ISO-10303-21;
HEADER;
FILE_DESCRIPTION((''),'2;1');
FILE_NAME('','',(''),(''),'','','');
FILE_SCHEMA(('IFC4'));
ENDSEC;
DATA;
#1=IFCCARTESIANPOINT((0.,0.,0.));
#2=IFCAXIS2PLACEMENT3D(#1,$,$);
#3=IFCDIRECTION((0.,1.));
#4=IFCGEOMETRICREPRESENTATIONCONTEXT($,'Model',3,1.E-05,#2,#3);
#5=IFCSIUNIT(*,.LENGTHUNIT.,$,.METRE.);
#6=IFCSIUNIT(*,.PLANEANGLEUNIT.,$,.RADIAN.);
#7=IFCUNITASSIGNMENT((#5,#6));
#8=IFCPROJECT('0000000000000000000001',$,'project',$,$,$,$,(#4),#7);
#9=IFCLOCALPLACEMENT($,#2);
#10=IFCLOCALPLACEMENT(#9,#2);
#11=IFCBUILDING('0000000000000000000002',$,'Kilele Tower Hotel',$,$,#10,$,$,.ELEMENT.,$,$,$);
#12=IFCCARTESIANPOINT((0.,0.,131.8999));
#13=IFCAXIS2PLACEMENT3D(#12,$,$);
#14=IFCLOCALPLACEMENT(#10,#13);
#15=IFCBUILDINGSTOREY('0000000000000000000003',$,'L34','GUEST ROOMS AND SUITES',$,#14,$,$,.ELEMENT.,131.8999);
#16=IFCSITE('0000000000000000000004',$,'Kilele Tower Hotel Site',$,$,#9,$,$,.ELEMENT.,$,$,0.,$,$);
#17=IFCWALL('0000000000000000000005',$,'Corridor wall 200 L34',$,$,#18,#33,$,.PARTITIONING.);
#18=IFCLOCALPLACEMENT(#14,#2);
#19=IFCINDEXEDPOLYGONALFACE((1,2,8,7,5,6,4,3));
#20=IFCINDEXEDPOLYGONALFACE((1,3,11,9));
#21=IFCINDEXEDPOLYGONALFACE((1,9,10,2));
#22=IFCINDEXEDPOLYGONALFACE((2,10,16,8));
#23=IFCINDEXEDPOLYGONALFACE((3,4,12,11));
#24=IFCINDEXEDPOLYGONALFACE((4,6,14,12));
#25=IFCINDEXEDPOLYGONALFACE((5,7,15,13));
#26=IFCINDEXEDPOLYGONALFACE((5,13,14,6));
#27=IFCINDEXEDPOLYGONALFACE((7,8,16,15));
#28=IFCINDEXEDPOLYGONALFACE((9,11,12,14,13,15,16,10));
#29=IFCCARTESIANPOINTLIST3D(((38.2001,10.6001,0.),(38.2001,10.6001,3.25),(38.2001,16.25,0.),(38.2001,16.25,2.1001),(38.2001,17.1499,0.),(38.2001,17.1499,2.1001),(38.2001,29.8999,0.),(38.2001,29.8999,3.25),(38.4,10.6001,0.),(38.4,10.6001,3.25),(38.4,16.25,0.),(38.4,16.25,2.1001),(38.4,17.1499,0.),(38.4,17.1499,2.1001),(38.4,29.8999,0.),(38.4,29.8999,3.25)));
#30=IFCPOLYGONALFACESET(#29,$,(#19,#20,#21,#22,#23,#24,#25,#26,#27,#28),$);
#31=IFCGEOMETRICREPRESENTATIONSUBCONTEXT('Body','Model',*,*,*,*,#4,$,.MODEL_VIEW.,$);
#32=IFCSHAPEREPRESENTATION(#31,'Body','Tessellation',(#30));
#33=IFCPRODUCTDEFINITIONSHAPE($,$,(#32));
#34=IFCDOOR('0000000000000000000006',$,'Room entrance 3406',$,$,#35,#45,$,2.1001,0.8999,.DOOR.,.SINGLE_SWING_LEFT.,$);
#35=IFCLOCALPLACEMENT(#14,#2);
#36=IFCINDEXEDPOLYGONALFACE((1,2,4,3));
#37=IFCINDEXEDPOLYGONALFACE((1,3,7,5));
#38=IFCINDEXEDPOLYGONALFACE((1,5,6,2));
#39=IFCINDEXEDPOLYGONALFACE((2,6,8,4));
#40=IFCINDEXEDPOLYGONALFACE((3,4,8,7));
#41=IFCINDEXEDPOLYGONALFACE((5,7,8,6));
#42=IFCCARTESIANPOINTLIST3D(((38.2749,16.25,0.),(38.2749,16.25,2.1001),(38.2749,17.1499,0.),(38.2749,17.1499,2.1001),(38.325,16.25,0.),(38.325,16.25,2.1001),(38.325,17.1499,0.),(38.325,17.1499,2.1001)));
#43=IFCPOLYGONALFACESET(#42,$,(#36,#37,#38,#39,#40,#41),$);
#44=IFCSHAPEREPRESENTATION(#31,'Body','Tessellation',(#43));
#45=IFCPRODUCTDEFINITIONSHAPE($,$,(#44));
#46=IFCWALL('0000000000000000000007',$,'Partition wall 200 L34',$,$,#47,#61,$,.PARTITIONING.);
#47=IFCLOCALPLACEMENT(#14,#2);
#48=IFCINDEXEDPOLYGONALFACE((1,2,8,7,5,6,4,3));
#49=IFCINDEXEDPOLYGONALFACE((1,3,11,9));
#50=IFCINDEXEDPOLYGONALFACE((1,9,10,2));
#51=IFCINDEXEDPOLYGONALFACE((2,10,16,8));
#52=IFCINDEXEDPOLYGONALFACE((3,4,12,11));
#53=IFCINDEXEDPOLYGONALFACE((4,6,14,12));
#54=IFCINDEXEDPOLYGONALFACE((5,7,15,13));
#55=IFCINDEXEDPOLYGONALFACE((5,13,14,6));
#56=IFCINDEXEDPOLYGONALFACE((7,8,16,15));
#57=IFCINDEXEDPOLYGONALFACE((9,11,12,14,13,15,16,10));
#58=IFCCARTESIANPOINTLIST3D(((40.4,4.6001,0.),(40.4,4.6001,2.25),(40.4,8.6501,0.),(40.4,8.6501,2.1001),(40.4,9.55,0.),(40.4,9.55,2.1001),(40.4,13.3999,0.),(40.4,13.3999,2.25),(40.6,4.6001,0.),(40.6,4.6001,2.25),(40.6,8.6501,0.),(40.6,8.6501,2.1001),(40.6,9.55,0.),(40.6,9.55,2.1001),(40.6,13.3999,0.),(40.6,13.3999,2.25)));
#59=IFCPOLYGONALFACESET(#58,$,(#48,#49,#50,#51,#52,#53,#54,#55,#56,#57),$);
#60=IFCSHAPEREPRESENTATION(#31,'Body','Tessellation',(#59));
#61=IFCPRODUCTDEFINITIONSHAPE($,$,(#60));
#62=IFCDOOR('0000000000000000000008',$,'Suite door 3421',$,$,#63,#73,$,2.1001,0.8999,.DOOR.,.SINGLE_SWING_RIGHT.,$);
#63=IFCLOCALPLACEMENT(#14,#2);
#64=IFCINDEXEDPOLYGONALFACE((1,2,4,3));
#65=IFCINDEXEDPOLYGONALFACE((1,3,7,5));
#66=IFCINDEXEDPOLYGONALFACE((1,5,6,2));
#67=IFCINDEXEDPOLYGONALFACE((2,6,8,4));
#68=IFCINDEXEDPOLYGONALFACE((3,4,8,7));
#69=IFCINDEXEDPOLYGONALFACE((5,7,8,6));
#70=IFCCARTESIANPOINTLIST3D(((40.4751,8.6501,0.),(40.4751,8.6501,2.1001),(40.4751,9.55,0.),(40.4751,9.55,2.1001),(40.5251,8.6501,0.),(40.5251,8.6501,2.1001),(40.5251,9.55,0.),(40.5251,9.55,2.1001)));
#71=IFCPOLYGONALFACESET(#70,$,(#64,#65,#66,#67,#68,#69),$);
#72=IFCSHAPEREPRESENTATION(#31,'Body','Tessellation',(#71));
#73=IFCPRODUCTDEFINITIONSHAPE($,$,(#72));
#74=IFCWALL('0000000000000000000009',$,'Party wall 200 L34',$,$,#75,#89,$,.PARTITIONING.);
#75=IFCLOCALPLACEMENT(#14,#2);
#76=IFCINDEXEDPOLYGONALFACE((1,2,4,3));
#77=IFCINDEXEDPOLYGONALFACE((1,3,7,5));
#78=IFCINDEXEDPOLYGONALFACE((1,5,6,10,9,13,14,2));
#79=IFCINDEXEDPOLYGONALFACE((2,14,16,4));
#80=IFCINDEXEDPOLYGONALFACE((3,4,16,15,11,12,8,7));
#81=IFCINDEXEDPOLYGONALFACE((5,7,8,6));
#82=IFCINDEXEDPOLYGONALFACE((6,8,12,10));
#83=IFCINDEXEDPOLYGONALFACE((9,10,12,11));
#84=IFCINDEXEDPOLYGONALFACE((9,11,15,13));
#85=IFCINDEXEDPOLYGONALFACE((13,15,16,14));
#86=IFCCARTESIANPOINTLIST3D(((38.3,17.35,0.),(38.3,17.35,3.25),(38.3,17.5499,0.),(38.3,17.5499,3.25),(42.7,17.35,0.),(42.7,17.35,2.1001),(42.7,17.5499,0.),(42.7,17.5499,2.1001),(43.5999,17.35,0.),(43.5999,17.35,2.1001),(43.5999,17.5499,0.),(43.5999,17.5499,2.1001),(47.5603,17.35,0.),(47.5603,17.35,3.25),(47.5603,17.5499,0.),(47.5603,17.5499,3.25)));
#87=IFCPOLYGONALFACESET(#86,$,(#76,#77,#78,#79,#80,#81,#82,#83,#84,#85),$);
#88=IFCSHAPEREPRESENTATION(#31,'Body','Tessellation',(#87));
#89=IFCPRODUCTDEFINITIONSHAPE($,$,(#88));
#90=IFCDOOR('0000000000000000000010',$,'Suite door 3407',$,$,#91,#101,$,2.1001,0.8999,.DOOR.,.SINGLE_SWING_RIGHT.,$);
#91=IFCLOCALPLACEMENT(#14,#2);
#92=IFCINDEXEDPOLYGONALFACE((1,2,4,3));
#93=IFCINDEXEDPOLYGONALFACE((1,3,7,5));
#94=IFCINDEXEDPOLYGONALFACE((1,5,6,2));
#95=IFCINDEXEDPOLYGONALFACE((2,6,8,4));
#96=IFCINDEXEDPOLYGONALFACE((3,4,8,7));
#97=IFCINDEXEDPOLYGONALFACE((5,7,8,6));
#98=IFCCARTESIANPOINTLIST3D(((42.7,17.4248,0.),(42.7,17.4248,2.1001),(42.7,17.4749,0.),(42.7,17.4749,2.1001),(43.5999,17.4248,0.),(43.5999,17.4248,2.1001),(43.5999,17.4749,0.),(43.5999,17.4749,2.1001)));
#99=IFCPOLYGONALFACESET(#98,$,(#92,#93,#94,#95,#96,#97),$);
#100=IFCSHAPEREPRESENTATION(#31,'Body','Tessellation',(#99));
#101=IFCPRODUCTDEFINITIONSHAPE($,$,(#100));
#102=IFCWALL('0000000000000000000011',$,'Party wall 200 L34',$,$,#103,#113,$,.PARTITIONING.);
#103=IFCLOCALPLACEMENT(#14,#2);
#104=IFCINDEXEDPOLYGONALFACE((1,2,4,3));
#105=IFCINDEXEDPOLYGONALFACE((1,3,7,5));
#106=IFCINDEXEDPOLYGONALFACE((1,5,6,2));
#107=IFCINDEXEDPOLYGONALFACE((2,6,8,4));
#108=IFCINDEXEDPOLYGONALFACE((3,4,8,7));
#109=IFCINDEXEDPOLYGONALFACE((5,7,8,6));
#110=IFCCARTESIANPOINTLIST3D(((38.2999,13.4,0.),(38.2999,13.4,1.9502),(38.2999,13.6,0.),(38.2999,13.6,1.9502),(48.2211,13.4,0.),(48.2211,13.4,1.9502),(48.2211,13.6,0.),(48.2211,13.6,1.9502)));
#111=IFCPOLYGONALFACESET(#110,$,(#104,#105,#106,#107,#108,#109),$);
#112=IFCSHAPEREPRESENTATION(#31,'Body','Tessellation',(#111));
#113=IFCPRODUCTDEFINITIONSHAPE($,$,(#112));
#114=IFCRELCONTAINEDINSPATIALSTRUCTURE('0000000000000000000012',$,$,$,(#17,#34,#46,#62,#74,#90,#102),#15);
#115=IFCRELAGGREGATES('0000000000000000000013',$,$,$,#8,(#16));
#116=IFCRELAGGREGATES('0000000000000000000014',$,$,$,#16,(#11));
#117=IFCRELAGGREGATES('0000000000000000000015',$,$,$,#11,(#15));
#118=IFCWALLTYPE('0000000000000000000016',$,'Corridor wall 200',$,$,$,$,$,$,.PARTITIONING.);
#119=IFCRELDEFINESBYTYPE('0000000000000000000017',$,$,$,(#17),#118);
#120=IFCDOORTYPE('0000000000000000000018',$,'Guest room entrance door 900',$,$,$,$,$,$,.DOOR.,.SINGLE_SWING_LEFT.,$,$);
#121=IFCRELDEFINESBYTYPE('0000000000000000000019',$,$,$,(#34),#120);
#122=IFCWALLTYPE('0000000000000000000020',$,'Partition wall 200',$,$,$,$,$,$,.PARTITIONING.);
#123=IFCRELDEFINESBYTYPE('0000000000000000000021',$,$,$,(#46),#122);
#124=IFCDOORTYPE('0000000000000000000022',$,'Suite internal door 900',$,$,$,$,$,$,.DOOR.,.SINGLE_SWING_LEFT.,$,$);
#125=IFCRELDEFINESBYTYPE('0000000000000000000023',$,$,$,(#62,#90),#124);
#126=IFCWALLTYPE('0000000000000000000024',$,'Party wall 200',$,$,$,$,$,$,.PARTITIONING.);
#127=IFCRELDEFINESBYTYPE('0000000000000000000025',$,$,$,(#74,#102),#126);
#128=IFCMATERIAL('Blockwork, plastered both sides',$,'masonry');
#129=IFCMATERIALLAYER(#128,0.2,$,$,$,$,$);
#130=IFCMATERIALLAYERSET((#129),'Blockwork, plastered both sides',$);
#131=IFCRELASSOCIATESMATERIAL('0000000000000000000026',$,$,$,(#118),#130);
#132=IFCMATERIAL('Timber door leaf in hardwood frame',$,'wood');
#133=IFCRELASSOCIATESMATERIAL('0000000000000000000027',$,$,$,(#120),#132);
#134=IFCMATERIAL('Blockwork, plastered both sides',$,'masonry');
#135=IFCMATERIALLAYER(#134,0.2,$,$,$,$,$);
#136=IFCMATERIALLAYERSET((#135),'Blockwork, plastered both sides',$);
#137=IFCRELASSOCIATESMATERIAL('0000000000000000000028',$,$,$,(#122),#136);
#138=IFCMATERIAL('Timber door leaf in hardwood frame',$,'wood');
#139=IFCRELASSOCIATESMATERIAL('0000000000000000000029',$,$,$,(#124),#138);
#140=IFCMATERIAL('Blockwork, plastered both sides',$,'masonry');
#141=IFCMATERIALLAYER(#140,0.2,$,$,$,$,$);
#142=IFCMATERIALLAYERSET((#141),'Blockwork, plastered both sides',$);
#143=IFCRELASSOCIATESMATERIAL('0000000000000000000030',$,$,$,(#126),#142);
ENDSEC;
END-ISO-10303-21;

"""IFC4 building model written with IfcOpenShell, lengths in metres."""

from ifc_helpers import new_model, si_unit, direction, frame, frame_2d, origin, place, context, subcontext, project, spatial, rectangle, extrude, material, layer, layer_set, type_object, element, fill, save


model = new_model("IFC4")

# Units and contexts
model_context = context("Model", 3, precision=1e-05, world=origin(), true_north=direction((0.0, 1.0)))
body_context = subcontext(model_context, "Body", "Model", "MODEL_VIEW")
ifc_project = project(units=[si_unit("LENGTHUNIT", "METRE"), si_unit("PLANEANGLEUNIT", "RADIAN")], contexts=[model_context])

# Site, building, storey
site_placement = place(None, origin())
site = spatial("IfcSite", under=ifc_project, at=site_placement, Name="Kilele Tower Hotel Site", CompositionType="ELEMENT", RefElevation=0.0)
building_placement = place(site_placement, origin())
building = spatial("IfcBuilding", under=site, at=building_placement, Name="Kilele Tower Hotel", CompositionType="ELEMENT")
storey_placement = place(building_placement, frame((0.0, 0.0, 131.8999)))
storey = spatial("IfcBuildingStorey", under=building, at=storey_placement, Name="L34", Description="GUEST ROOMS AND SUITES", CompositionType="ELEMENT", Elevation=131.8999)

# Walls, openings, doors
ifc_material_1 = material(Name="Blockwork, plastered both sides", Category="masonry")
ifc_layer_1 = layer(ifc_material_1, 0.2)
ifc_layer_set_1 = layer_set([ifc_layer_1], Name="Blockwork, plastered both sides")
wall_type_1 = type_object("IfcWallType", Name="Corridor wall 200", PredefinedType="PARTITIONING", material=ifc_layer_set_1)
wall_1_placement = place(storey_placement, frame((38.3, 10.6001, 0.0), z_axis=(0.0, 0.0, 1.0), x_axis=(0.0, 1.0, 0.0)))
wall_1 = element("IfcWall", 1, at=wall_1_placement, inside=storey, type_object=wall_type_1, Name="Corridor wall 200 L34", PredefinedType="PARTITIONING", context=body_context, shape_type="SweptSolid", body=[
    extrude(rectangle(XDim=19.2998, YDim=0.2, at=frame_2d((9.6499, 0.0))), origin(), (0.0, 0.0, 1.0), 3.25),
])
opening_1_placement = place(wall_1_placement, frame((6.5498, 0.0, 0.0), z_axis=(0.0, 0.0, 1.0), x_axis=(-1.0, 0.0, 0.0)))
opening_1 = element("IfcOpeningElement", 2, at=opening_1_placement, cuts=wall_1, PredefinedType="OPENING", context=body_context, shape_type="SweptSolid", body=[
    extrude(rectangle(XDim=0.8999, YDim=2.1001, at=frame_2d((0.45, 1.05))), frame((0.0, 0.1099, 0.0), z_axis=(0.0, -1.0, 0.0), x_axis=(1.0, 0.0, 0.0)), (0.0, 0.0, 1.0), 0.22),
])
ifc_material_2 = material(Name="Timber door leaf in hardwood frame", Category="wood")
door_type_1 = type_object("IfcDoorType", Name="Guest room entrance door 900", OperationType="SINGLE_SWING_LEFT", PredefinedType="DOOR", material=ifc_material_2)
door_1_placement = place(opening_1_placement, origin())
door_1 = element("IfcDoor", 3, at=door_1_placement, inside=storey, type_object=door_type_1, Name="Room entrance 3406", OperationType="SINGLE_SWING_LEFT", OverallHeight=2.1001, OverallWidth=0.8999, PredefinedType="DOOR", context=body_context, shape_type="SweptSolid", body=[
    extrude(rectangle(XDim=0.8999, YDim=2.1001, at=frame_2d((0.45, 1.05))), frame((0.0, 0.0249, 0.0), z_axis=(0.0, -1.0, 0.0), x_axis=(1.0, 0.0, 0.0)), (0.0, 0.0, 1.0), 0.05),
])
fill(opening_1, door_1)
ifc_material_3 = material(Name="Blockwork, plastered both sides", Category="masonry")
ifc_layer_2 = layer(ifc_material_3, 0.2)
ifc_layer_set_2 = layer_set([ifc_layer_2], Name="Blockwork, plastered both sides")
wall_type_2 = type_object("IfcWallType", Name="Partition wall 200", PredefinedType="PARTITIONING", material=ifc_layer_set_2)
wall_2_placement = place(storey_placement, frame((40.5, 4.6001, 0.0), z_axis=(0.0, 0.0, 1.0), x_axis=(0.0, 1.0, 0.0)))
wall_2 = element("IfcWall", 4, at=wall_2_placement, inside=storey, type_object=wall_type_2, Name="Partition wall 200 L34", PredefinedType="PARTITIONING", context=body_context, shape_type="SweptSolid", body=[
    extrude(rectangle(XDim=8.7998, YDim=0.2, at=frame_2d((4.3999, 0.0))), origin(), (0.0, 0.0, 1.0), 2.25),
])
opening_2_placement = place(wall_2_placement, frame((4.05, 0.0, 0.0)))
opening_2 = element("IfcOpeningElement", 5, at=opening_2_placement, cuts=wall_2, PredefinedType="OPENING", context=body_context, shape_type="SweptSolid", body=[
    extrude(rectangle(XDim=0.8999, YDim=2.1001, at=frame_2d((0.45, 1.05))), frame((0.0, 0.1099, 0.0), z_axis=(0.0, -1.0, 0.0), x_axis=(1.0, 0.0, 0.0)), (0.0, 0.0, 1.0), 0.22),
])
ifc_material_4 = material(Name="Timber door leaf in hardwood frame", Category="wood")
door_type_2 = type_object("IfcDoorType", Name="Suite internal door 900", OperationType="SINGLE_SWING_LEFT", PredefinedType="DOOR", material=ifc_material_4)
door_2_placement = place(opening_2_placement, origin())
door_2 = element("IfcDoor", 6, at=door_2_placement, inside=storey, type_object=door_type_2, Name="Suite door 3421", OperationType="SINGLE_SWING_RIGHT", OverallHeight=2.1001, OverallWidth=0.8999, PredefinedType="DOOR", context=body_context, shape_type="SweptSolid", body=[
    extrude(rectangle(XDim=0.8999, YDim=2.1001, at=frame_2d((0.45, 1.05))), frame((0.0, 0.0249, 0.0), z_axis=(0.0, -1.0, 0.0), x_axis=(1.0, 0.0, 0.0)), (0.0, 0.0, 1.0), 0.05),
])
fill(opening_2, door_2)
ifc_material_5 = material(Name="Blockwork, plastered both sides", Category="masonry")
ifc_layer_3 = layer(ifc_material_5, 0.2)
ifc_layer_set_3 = layer_set([ifc_layer_3], Name="Blockwork, plastered both sides")
wall_type_3 = type_object("IfcWallType", Name="Party wall 200", PredefinedType="PARTITIONING", material=ifc_layer_set_3)
wall_3_placement = place(storey_placement, frame((38.3, 17.45, 0.0), z_axis=(0.0, 0.0, 1.0), x_axis=(1.0, 0.0, 0.0)))
wall_3 = element("IfcWall", 7, at=wall_3_placement, inside=storey, type_object=wall_type_3, Name="Party wall 200 L34", PredefinedType="PARTITIONING", context=body_context, shape_type="SweptSolid", body=[
    extrude(rectangle(XDim=9.2603, YDim=0.2, at=frame_2d((4.6301, 0.0))), origin(), (0.0, 0.0, 1.0), 3.25),
])
opening_3_placement = place(wall_3_placement, frame((4.3999, 0.0, 0.0)))
opening_3 = element("IfcOpeningElement", 8, at=opening_3_placement, cuts=wall_3, PredefinedType="OPENING", context=body_context, shape_type="SweptSolid", body=[
    extrude(rectangle(XDim=0.8999, YDim=2.1001, at=frame_2d((0.45, 1.05))), frame((0.0, 0.1099, 0.0), z_axis=(0.0, -1.0, 0.0), x_axis=(1.0, 0.0, 0.0)), (0.0, 0.0, 1.0), 0.22),
])
door_3_placement = place(opening_3_placement, origin())
door_3 = element("IfcDoor", 9, at=door_3_placement, inside=storey, type_object=door_type_2, Name="Suite door 3407", OperationType="SINGLE_SWING_RIGHT", OverallHeight=2.1001, OverallWidth=0.8999, PredefinedType="DOOR", context=body_context, shape_type="SweptSolid", body=[
    extrude(rectangle(XDim=0.8999, YDim=2.1001, at=frame_2d((0.45, 1.05))), frame((0.0, 0.0249, 0.0), z_axis=(0.0, -1.0, 0.0), x_axis=(1.0, 0.0, 0.0)), (0.0, 0.0, 1.0), 0.05),
])
fill(opening_3, door_3)

# Wall
wall_4_placement = place(storey_placement, frame((38.3, 13.5, 0.0), z_axis=(0.0, 0.0, 1.0), x_axis=(1.0, 0.0, 0.0)))
element("IfcWall", 10, at=wall_4_placement, inside=storey, type_object=wall_type_3, Name="Party wall 200 L34", PredefinedType="PARTITIONING", context=body_context, shape_type="SweptSolid", body=[
    extrude(rectangle(XDim=9.9211, YDim=0.2, at=frame_2d((4.9604, 0.0))), origin(), (0.0, 0.0, 1.0), 1.9502),
])

save(model, "model.ifc")
